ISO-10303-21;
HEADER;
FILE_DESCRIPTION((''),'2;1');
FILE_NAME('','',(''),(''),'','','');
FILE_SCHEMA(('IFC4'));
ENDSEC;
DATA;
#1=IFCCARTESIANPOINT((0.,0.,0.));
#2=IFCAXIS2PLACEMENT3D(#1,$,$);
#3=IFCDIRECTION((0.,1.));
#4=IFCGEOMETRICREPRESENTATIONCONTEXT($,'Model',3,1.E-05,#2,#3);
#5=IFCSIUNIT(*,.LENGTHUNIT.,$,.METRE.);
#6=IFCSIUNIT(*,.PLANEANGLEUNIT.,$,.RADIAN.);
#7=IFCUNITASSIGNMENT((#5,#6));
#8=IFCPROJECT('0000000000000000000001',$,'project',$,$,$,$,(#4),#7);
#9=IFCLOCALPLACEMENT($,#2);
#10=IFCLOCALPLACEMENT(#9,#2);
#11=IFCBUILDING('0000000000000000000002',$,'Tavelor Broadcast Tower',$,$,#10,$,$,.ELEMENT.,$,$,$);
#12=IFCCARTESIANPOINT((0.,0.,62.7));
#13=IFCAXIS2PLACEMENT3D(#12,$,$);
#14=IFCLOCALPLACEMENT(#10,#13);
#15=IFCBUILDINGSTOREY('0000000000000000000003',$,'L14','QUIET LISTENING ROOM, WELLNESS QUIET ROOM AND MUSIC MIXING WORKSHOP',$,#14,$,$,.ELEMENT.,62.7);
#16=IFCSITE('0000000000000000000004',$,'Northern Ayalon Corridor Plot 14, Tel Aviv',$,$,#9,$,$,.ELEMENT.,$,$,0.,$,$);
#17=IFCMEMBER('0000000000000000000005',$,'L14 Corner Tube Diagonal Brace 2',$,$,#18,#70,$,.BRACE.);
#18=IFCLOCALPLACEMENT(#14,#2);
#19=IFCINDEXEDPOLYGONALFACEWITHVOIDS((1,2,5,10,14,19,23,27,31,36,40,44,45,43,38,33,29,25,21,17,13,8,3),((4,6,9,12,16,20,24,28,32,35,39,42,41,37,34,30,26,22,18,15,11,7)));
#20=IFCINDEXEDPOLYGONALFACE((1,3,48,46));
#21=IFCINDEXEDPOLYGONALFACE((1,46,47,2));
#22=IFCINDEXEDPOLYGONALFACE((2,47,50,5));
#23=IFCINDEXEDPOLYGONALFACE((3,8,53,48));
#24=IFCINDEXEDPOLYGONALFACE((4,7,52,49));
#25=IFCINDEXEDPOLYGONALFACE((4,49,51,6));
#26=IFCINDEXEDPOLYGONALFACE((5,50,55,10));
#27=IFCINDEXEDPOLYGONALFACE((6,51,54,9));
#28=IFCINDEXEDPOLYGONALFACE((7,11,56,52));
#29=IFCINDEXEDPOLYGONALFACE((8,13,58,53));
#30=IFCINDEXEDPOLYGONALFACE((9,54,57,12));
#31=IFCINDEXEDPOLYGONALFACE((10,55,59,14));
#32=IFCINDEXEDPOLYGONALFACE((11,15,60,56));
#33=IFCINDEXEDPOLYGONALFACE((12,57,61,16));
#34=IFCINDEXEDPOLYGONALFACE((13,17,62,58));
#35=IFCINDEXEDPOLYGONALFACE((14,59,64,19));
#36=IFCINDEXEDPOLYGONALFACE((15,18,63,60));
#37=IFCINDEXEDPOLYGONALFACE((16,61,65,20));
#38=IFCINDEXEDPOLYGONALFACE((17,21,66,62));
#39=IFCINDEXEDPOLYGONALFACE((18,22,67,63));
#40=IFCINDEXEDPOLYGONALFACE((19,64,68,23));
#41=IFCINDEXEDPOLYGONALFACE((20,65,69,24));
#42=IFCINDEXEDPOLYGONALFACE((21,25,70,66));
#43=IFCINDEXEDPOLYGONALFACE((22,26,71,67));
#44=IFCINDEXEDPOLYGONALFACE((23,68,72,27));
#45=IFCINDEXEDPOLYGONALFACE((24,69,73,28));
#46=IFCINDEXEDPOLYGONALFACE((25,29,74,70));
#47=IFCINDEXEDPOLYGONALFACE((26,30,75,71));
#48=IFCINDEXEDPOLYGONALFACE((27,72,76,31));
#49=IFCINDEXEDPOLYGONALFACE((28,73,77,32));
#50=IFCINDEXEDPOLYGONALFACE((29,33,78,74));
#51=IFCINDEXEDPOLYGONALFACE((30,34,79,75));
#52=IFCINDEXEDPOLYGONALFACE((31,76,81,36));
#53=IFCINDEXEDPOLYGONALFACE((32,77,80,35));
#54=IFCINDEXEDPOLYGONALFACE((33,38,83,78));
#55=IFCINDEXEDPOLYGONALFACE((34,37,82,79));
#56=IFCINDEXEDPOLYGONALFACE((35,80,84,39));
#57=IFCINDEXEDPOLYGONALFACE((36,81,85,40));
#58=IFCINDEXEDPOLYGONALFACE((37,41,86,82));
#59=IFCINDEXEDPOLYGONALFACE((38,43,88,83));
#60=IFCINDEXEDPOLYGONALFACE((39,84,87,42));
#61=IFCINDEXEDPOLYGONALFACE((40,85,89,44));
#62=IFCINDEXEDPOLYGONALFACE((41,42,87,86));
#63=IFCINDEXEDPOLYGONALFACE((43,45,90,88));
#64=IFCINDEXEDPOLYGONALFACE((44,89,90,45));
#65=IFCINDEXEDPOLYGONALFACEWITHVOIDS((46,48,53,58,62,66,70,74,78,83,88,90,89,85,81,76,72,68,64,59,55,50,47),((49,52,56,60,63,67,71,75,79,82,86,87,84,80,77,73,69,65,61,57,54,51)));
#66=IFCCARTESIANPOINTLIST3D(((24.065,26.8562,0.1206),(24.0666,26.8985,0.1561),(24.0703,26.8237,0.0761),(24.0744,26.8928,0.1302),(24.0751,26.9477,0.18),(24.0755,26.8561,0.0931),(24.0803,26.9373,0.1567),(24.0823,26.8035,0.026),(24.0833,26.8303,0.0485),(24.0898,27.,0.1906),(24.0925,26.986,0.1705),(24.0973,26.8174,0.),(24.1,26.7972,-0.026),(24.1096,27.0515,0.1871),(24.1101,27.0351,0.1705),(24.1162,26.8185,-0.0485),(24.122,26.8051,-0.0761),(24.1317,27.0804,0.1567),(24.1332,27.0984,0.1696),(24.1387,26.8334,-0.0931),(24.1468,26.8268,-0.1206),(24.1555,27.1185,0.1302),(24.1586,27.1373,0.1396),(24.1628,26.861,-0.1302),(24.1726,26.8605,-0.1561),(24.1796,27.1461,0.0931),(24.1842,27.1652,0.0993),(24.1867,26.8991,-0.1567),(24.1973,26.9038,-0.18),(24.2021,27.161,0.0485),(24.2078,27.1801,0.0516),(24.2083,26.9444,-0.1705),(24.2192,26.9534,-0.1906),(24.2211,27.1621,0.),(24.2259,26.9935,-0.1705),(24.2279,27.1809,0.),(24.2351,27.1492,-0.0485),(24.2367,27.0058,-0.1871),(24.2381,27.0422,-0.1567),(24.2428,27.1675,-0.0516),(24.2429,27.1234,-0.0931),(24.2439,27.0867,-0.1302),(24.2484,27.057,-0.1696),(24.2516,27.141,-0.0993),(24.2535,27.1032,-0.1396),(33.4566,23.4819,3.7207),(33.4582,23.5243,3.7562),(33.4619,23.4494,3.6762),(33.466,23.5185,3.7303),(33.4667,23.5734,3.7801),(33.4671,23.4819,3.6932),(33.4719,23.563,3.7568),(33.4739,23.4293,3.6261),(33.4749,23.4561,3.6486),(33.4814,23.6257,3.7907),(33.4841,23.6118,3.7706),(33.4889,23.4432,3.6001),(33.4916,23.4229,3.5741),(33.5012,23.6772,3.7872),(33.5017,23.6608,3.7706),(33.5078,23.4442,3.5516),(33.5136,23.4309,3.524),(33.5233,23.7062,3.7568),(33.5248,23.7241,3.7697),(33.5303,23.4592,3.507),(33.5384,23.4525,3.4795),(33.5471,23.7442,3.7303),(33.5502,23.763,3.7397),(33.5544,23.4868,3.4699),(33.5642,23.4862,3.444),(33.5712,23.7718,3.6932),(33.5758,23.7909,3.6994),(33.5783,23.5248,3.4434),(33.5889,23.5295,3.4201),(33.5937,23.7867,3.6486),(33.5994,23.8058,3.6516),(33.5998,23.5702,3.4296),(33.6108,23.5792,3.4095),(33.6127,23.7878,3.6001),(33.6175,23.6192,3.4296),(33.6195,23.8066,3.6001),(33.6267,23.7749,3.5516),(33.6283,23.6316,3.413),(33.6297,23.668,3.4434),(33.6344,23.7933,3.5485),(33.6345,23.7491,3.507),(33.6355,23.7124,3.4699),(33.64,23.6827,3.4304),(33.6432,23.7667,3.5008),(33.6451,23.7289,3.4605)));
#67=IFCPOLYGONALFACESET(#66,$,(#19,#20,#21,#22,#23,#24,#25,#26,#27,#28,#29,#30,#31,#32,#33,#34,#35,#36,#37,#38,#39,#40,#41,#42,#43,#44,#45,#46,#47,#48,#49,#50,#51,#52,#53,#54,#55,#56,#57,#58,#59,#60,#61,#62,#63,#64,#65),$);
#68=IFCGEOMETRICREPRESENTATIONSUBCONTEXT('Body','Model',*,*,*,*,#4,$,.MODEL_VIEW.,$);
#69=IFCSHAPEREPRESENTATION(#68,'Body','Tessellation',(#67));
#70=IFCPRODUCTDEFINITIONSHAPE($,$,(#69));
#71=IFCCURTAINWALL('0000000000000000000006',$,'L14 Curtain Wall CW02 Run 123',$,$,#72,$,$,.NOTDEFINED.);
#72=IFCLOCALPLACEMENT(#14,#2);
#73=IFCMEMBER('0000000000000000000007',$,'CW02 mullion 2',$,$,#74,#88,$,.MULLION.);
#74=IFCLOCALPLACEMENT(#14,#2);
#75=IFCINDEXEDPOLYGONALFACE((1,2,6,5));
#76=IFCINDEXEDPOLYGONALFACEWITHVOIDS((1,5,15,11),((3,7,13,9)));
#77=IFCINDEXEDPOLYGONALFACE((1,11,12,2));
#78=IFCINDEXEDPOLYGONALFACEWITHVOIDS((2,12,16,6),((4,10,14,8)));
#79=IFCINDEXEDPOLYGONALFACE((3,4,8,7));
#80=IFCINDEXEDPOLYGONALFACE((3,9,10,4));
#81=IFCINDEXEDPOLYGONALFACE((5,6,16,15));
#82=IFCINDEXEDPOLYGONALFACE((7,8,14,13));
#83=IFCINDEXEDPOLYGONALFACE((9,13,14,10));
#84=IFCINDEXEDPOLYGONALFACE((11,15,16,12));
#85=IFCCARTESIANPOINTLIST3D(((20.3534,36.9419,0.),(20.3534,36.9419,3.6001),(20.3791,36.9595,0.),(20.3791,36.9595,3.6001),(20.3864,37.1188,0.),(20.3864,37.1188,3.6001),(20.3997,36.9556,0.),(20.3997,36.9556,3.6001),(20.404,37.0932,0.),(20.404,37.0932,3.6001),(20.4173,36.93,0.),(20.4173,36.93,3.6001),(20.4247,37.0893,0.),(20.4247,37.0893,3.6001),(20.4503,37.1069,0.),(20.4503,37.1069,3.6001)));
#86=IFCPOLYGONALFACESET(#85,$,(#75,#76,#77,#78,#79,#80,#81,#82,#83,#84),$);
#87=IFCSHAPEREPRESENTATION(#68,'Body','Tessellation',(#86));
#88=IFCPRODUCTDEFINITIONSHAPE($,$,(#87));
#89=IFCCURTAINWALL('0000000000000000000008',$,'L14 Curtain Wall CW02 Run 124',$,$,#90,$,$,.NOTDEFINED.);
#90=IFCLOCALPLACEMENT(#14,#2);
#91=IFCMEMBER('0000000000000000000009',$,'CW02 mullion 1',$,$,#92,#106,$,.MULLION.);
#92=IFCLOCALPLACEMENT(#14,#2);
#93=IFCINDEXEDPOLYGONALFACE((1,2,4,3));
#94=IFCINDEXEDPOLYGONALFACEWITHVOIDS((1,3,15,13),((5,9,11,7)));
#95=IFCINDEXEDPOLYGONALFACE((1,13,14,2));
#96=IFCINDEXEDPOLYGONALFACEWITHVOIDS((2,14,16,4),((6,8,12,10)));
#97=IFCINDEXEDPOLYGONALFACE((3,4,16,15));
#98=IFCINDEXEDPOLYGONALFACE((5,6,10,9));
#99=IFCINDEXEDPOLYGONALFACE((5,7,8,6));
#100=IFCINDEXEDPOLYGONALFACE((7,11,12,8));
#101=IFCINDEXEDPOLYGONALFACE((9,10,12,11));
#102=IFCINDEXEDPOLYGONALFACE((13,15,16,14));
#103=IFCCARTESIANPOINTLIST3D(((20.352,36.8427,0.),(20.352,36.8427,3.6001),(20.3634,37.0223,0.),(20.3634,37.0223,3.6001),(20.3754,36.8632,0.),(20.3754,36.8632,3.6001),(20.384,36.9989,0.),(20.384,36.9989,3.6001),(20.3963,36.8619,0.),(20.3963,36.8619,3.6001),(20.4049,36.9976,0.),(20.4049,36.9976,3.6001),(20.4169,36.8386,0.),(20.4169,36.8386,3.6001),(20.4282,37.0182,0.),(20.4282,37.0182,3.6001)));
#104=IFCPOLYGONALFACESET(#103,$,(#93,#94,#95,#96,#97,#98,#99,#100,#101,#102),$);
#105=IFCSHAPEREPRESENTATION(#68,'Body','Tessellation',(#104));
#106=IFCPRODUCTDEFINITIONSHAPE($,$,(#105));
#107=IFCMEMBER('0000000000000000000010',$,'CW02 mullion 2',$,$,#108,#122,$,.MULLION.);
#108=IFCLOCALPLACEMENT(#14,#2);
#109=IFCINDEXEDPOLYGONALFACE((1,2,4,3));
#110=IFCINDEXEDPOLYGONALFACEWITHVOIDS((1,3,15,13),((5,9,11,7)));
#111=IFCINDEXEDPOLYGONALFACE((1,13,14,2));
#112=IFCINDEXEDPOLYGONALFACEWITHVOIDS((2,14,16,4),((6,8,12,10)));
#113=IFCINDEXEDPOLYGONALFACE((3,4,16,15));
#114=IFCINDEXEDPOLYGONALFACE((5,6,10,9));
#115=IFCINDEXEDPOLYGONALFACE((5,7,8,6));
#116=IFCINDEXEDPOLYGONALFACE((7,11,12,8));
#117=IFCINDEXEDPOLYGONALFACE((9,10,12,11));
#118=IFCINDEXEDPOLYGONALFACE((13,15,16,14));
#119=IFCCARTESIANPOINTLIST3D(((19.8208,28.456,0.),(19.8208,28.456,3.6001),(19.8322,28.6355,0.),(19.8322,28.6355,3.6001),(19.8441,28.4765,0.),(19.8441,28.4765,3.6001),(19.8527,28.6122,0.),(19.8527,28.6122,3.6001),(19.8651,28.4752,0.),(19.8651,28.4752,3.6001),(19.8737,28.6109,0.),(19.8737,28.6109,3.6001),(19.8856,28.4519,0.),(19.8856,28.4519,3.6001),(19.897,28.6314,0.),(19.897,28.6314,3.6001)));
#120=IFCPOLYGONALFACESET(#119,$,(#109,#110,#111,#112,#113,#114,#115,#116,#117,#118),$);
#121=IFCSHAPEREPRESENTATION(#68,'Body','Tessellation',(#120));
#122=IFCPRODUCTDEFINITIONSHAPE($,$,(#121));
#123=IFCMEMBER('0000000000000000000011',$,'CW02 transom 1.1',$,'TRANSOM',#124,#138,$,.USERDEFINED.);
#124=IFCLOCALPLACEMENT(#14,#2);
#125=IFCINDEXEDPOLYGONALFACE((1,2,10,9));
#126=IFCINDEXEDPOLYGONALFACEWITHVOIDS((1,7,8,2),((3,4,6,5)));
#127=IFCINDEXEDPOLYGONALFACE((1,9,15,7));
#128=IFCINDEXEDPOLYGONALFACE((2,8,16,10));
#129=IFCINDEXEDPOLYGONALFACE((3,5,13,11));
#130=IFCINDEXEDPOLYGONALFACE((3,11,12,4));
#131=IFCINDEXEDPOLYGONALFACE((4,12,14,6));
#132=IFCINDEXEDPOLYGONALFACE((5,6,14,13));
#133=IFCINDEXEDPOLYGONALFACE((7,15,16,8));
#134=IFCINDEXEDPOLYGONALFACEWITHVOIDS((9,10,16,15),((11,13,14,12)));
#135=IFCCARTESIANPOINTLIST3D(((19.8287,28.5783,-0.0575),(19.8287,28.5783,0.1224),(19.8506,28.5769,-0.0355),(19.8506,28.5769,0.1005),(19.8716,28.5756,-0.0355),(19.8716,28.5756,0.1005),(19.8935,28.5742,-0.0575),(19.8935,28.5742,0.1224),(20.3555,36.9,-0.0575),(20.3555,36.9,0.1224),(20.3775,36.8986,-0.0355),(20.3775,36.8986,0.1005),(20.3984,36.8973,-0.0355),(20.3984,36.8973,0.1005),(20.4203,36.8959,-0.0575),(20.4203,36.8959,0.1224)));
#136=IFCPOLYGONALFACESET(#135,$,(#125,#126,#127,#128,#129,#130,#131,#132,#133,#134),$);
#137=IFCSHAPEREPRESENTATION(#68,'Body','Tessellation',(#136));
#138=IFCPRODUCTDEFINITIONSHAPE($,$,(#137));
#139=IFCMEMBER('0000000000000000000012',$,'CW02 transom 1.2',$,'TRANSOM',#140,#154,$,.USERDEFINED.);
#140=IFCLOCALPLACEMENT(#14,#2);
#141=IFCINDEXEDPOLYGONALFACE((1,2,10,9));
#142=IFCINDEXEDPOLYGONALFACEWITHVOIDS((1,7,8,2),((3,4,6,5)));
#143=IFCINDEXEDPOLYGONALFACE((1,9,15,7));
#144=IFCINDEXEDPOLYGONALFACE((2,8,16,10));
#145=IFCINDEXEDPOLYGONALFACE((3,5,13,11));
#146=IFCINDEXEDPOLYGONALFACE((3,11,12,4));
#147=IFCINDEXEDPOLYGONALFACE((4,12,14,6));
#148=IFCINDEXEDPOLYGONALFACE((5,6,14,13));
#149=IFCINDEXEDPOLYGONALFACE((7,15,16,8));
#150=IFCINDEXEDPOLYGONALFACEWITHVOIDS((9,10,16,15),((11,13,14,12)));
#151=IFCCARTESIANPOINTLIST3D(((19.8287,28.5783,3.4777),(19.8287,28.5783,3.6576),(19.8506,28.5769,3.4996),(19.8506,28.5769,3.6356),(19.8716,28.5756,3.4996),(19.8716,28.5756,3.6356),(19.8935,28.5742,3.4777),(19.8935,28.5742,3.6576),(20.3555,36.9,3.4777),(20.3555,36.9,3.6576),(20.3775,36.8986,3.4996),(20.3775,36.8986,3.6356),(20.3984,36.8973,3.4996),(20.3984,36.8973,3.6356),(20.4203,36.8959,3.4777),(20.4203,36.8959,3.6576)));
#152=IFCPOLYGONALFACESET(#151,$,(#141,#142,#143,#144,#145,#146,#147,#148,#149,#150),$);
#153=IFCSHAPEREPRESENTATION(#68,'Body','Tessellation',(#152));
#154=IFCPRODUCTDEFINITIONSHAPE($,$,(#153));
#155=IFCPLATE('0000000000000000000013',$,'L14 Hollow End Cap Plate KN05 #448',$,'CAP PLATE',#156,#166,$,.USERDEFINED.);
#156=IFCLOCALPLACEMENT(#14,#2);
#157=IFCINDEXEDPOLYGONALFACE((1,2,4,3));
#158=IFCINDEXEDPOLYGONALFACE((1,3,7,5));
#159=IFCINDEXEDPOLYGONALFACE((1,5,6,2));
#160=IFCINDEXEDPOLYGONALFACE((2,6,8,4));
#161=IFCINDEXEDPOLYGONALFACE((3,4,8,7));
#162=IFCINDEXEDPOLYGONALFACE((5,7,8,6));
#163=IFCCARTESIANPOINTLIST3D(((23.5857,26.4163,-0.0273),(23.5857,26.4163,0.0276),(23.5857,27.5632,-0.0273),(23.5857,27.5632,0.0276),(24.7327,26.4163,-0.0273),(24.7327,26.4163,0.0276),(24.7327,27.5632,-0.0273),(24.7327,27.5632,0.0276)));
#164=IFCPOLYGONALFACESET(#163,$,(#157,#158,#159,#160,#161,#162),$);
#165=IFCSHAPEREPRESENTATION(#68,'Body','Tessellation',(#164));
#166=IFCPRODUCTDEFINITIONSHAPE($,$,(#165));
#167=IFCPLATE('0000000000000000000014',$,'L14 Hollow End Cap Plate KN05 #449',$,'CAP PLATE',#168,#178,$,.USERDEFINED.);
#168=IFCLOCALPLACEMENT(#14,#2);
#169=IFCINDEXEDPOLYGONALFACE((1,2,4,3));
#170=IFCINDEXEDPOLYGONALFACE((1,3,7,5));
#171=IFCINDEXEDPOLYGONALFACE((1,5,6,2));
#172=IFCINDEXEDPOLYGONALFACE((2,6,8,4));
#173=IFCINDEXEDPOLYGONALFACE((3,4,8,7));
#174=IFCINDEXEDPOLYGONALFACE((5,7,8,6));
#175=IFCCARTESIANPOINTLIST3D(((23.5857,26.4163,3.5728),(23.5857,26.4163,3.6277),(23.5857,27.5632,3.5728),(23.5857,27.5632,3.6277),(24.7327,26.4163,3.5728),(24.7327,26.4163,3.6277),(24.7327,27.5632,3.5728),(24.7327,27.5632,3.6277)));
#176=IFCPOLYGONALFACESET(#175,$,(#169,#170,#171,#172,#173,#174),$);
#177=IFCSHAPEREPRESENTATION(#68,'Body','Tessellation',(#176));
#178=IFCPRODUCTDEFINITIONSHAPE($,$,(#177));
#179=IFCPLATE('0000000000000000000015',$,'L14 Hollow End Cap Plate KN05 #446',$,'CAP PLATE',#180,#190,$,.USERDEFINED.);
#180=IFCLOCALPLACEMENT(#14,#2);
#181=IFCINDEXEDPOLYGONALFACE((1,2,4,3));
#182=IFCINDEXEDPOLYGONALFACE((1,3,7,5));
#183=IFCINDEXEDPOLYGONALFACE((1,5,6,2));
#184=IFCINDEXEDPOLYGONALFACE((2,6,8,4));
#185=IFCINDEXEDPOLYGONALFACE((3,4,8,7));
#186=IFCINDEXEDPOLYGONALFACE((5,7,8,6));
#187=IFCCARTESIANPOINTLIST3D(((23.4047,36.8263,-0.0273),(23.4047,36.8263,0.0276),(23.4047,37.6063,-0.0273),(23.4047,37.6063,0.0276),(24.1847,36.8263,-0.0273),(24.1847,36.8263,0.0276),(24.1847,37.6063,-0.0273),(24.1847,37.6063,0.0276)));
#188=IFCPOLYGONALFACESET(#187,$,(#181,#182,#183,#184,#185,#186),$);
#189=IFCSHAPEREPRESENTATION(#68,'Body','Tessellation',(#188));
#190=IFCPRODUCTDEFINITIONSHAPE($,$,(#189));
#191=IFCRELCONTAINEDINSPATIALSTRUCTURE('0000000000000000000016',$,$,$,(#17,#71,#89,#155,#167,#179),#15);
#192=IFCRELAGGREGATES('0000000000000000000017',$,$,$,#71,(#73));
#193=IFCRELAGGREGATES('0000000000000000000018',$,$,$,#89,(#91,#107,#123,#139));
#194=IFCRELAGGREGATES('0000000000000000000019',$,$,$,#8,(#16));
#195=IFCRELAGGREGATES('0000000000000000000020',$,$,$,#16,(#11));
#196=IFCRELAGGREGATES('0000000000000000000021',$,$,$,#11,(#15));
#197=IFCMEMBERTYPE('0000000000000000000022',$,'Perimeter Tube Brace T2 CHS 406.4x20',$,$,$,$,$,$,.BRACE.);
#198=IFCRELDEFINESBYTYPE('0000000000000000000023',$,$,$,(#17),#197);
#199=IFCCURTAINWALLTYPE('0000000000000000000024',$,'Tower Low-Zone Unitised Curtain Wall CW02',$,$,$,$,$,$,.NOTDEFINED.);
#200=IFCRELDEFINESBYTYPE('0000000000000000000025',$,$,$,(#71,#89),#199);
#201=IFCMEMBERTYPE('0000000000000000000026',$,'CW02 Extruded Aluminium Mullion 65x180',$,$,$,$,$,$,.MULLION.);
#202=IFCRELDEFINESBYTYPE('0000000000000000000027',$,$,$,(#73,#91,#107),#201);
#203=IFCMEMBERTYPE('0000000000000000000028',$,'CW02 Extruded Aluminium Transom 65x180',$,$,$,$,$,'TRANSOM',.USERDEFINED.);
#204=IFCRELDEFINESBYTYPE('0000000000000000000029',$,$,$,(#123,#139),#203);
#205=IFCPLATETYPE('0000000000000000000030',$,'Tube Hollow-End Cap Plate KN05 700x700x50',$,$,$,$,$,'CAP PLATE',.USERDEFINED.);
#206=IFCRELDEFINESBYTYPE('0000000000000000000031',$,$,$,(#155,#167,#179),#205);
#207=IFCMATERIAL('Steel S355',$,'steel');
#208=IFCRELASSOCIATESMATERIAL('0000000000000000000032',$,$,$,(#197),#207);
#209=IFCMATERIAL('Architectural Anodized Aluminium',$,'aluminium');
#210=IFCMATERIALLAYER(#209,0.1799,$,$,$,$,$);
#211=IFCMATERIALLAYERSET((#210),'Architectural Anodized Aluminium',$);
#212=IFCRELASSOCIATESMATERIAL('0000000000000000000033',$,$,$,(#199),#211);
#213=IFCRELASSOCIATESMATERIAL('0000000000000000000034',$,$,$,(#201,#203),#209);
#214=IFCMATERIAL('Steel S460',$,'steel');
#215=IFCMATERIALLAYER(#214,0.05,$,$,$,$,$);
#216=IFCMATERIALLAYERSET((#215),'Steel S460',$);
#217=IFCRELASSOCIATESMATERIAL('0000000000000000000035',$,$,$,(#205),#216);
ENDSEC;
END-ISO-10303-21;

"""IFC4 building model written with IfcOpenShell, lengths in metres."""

from ifc_helpers import new_model, si_unit, direction, frame, origin, origin_2d, place, context, subcontext, project, spatial, rectangle, hollow_rectangle, hollow_circle, extrude, source, transform, mapped, material, layer, layer_set, material_profile, profile_set, type_object, type_shapes, element, aggregate, save


model = new_model("IFC4")

# Units and contexts
model_context = context("Model", 3, precision=1e-05, world=origin(), true_north=direction((0.0, 1.0)))
body_context = subcontext(model_context, "Body", "Model", "MODEL_VIEW")
ifc_project = project(units=[si_unit("LENGTHUNIT", "METRE"), si_unit("PLANEANGLEUNIT", "RADIAN")], contexts=[model_context])

# Site, building, storey
site_placement = place(None, origin())
site = spatial("IfcSite", under=ifc_project, at=site_placement, Name="Northern Ayalon Corridor Plot 14, Tel Aviv", CompositionType="ELEMENT", RefElevation=0.0)
building_placement = place(site_placement, origin())
building = spatial("IfcBuilding", under=site, at=building_placement, Name="Tavelor Broadcast Tower", CompositionType="ELEMENT")
storey_placement = place(building_placement, frame((0.0, 0.0, 62.7)))
storey = spatial("IfcBuildingStorey", under=building, at=storey_placement, Name="L14", Description="QUIET LISTENING ROOM, WELLNESS QUIET ROOM AND MUSIC MIXING WORKSHOP", CompositionType="ELEMENT", Elevation=62.7)

# Shared definitions
ifc_material_1 = material(Name="Steel S460", Category="steel")

# Shared definitions
ifc_material_2 = material(Name="Steel S355", Category="steel")

# Member
ifc_material_profile_1 = material_profile(ifc_material_2, hollow_circle(Radius=0.2031, WallThickness=0.02, at=origin_2d()), Name="CHS 406.4x20")
ifc_profile_set_1 = profile_set([ifc_material_profile_1], Name="Steel S355")
member_type_1 = type_object("IfcMemberType", Name="Perimeter Tube Brace T2 CHS 406.4x20", PredefinedType="BRACE", material=ifc_profile_set_1)
member_1_placement = place(storey_placement, frame((24.1592, 26.9897, 0.0), z_axis=(0.885258, -0.31806, 0.339347), x_axis=(0.338124, 0.941101, 0.0)))
element("IfcMember", 1, at=member_1_placement, inside=storey, type_object=member_type_1, Name="L14 Corner Tube Diagonal Brace 2", PredefinedType="BRACE", context=body_context, shape_type="SweptSolid", body=[
    extrude(hollow_circle(Radius=0.2031, WallThickness=0.02, at=origin_2d()), origin(), (0.0, 0.0, 1.0), 10.6089),
])

# Curtain wall, member
ifc_material_3 = material(Name="Architectural Anodized Aluminium", Category="aluminium")
ifc_layer_1 = layer(ifc_material_3, 0.1799)
ifc_layer_set_1 = layer_set([ifc_layer_1], Name="Architectural Anodized Aluminium")
curtain_wall_type = type_object("IfcCurtainWallType", Name="Tower Low-Zone Unitised Curtain Wall CW02", PredefinedType="NOTDEFINED", material=ifc_layer_set_1)
curtain_wall_1_placement = place(storey_placement, origin())
curtain_wall_1 = element("IfcCurtainWall", 2, at=curtain_wall_1_placement, inside=storey, type_object=curtain_wall_type, Name="L14 Curtain Wall CW02 Run 123", PredefinedType="NOTDEFINED")
ifc_material_profile_2 = material_profile(ifc_material_3, hollow_rectangle(XDim=0.0649, YDim=0.1799, WallThickness=0.022, at=origin_2d()), Name="RHS 65x180x22")
ifc_profile_set_2 = profile_set([ifc_material_profile_2], Name="Architectural Anodized Aluminium")
member_type_2 = type_object("IfcMemberType", Name="CW02 Extruded Aluminium Mullion 65x180", PredefinedType="MULLION", material=ifc_profile_set_2)
shared_shape_1 = source(origin(), body_context, "Body", "SweptSolid", [
    extrude(hollow_rectangle(XDim=0.0649, YDim=0.1799, WallThickness=0.022, at=origin_2d()), origin(), (0.0, 0.0, 1.0), 3.6001),
])
type_shapes(member_type_2, [shared_shape_1])
member_2_placement = place(storey_placement, frame((20.4019, 37.0244, 0.0), z_axis=(0.0, 0.0, 1.0), x_axis=(0.983018, -0.183507, 0.0)))
member_2 = element("IfcMember", 3, at=member_2_placement, type_object=member_type_2, Name="CW02 mullion 2", PredefinedType="MULLION", context=body_context, shape_type="MappedRepresentation", body=[
    mapped(shared_shape_1, transform((0.0, 0.0, 0.0), scale=1.0)),
])
aggregate(curtain_wall_1, [member_2])

# Curtain wall, members
curtain_wall_2_placement = place(storey_placement, origin())
curtain_wall_2 = element("IfcCurtainWall", 4, at=curtain_wall_2_placement, inside=storey, type_object=curtain_wall_type, Name="L14 Curtain Wall CW02 Run 124", PredefinedType="NOTDEFINED")
member_3_placement = place(storey_placement, frame((20.3901, 36.9304, 0.0), z_axis=(0.0, 0.0, 1.0), x_axis=(0.998001, -0.063199, 0.0)))
member_3 = element("IfcMember", 5, at=member_3_placement, type_object=member_type_2, Name="CW02 mullion 1", PredefinedType="MULLION", context=body_context, shape_type="MappedRepresentation", body=[
    mapped(shared_shape_1, transform((0.0, 0.0, 0.0), scale=1.0)),
])
member_4_placement = place(storey_placement, frame((19.8589, 28.5437, 0.0), z_axis=(0.0, 0.0, 1.0), x_axis=(0.998001, -0.063199, 0.0)))
member_4 = element("IfcMember", 6, at=member_4_placement, type_object=member_type_2, Name="CW02 mullion 2", PredefinedType="MULLION", context=body_context, shape_type="MappedRepresentation", body=[
    mapped(shared_shape_1, transform((0.0, 0.0, 0.0), scale=1.0)),
])
ifc_material_profile_3 = material_profile(ifc_material_3, hollow_rectangle(XDim=0.0649, YDim=0.1799, WallThickness=0.022, at=origin_2d()), Name="RHS 65x180x22")
ifc_profile_set_3 = profile_set([ifc_material_profile_3], Name="Architectural Anodized Aluminium")
member_type_3 = type_object("IfcMemberType", Name="CW02 Extruded Aluminium Transom 65x180", ElementType="TRANSOM", PredefinedType="USERDEFINED", material=ifc_profile_set_3)
shared_shape_2 = source(origin(), body_context, "Body", "SweptSolid", [
    extrude(hollow_rectangle(XDim=0.0649, YDim=0.1799, WallThickness=0.022, at=origin_2d()), origin(), (0.0, 0.0, 1.0), 8.3384),
])
type_shapes(member_type_3, [shared_shape_2])
member_5_placement = place(storey_placement, frame((20.3879, 36.8979, 0.0325), z_axis=(-0.063184, -0.998002, 0.0), x_axis=(0.998002, -0.063184, 0.0)))
member_5 = element("IfcMember", 7, at=member_5_placement, type_object=member_type_3, Name="CW02 transom 1.1", ObjectType="TRANSOM", PredefinedType="USERDEFINED", context=body_context, shape_type="MappedRepresentation", body=[
    mapped(shared_shape_2, transform((0.0, 0.0, 0.0), scale=1.0)),
])
member_6_placement = place(storey_placement, frame((20.3879, 36.8979, 3.5676), z_axis=(-0.063184, -0.998002, 0.0), x_axis=(0.998002, -0.063184, 0.0)))
member_6 = element("IfcMember", 8, at=member_6_placement, type_object=member_type_3, Name="CW02 transom 1.2", ObjectType="TRANSOM", PredefinedType="USERDEFINED", context=body_context, shape_type="MappedRepresentation", body=[
    mapped(shared_shape_2, transform((0.0, 0.0, 0.0), scale=1.0)),
])

# Plates
ifc_layer_2 = layer(ifc_material_1, 0.05)
ifc_layer_set_2 = layer_set([ifc_layer_2], Name="Steel S460")
plate_type_1 = type_object("IfcPlateType", Name="Tube Hollow-End Cap Plate KN05 700x700x50", ElementType="CAP PLATE", PredefinedType="USERDEFINED", material=ifc_layer_set_2)
shared_shape_3 = source(origin(), body_context, "Body", "SweptSolid", [
    extrude(rectangle(XDim=1.147, YDim=1.147, at=origin_2d()), origin(), (0.0, 0.0, 1.0), 0.0549),
])
for number, where, z_axis, x_axis, name in (
    (9, (24.1592, 26.9897, -0.0273), (0.0, 0.0, 1.0), (1.0, 0.0, 0.0), "L14 Hollow End Cap Plate KN05 #448"),
    (10, (24.1592, 26.9897, 3.5728), (0.0, 0.0, 1.0), (1.0, 0.0, 0.0), "L14 Hollow End Cap Plate KN05 #449"),
):
    element("IfcPlate", number, at=place(storey_placement, frame(where, z_axis=z_axis, x_axis=x_axis)), inside=storey, type_object=plate_type_1, Name=name, ObjectType="CAP PLATE", PredefinedType="USERDEFINED", context=body_context, shape_type="MappedRepresentation", body=[
        mapped(shared_shape_3, transform((0.0, 0.0, 0.0), scale=1.0)),
    ])
shared_shape_4 = source(origin(), body_context, "Body", "SweptSolid", [
    extrude(rectangle(XDim=0.78, YDim=0.78, at=origin_2d()), origin(), (0.0, 0.0, 1.0), 0.0549),
])
type_shapes(plate_type_1, [shared_shape_3, shared_shape_4])
for number, where, z_axis, x_axis, name in (
    (11, (23.7947, 37.2163, -0.0273), (0.0, 0.0, 1.0), (1.0, 0.0, 0.0), "L14 Hollow End Cap Plate KN05 #446"),
):
    element("IfcPlate", number, at=place(storey_placement, frame(where, z_axis=z_axis, x_axis=x_axis)), inside=storey, type_object=plate_type_1, Name=name, ObjectType="CAP PLATE", PredefinedType="USERDEFINED", context=body_context, shape_type="MappedRepresentation", body=[
        mapped(shared_shape_4, transform((0.0, 0.0, 0.0), scale=1.0)),
    ])

aggregate(curtain_wall_2, [member_3, member_4, member_5, member_6])

save(model, "model.ifc")
